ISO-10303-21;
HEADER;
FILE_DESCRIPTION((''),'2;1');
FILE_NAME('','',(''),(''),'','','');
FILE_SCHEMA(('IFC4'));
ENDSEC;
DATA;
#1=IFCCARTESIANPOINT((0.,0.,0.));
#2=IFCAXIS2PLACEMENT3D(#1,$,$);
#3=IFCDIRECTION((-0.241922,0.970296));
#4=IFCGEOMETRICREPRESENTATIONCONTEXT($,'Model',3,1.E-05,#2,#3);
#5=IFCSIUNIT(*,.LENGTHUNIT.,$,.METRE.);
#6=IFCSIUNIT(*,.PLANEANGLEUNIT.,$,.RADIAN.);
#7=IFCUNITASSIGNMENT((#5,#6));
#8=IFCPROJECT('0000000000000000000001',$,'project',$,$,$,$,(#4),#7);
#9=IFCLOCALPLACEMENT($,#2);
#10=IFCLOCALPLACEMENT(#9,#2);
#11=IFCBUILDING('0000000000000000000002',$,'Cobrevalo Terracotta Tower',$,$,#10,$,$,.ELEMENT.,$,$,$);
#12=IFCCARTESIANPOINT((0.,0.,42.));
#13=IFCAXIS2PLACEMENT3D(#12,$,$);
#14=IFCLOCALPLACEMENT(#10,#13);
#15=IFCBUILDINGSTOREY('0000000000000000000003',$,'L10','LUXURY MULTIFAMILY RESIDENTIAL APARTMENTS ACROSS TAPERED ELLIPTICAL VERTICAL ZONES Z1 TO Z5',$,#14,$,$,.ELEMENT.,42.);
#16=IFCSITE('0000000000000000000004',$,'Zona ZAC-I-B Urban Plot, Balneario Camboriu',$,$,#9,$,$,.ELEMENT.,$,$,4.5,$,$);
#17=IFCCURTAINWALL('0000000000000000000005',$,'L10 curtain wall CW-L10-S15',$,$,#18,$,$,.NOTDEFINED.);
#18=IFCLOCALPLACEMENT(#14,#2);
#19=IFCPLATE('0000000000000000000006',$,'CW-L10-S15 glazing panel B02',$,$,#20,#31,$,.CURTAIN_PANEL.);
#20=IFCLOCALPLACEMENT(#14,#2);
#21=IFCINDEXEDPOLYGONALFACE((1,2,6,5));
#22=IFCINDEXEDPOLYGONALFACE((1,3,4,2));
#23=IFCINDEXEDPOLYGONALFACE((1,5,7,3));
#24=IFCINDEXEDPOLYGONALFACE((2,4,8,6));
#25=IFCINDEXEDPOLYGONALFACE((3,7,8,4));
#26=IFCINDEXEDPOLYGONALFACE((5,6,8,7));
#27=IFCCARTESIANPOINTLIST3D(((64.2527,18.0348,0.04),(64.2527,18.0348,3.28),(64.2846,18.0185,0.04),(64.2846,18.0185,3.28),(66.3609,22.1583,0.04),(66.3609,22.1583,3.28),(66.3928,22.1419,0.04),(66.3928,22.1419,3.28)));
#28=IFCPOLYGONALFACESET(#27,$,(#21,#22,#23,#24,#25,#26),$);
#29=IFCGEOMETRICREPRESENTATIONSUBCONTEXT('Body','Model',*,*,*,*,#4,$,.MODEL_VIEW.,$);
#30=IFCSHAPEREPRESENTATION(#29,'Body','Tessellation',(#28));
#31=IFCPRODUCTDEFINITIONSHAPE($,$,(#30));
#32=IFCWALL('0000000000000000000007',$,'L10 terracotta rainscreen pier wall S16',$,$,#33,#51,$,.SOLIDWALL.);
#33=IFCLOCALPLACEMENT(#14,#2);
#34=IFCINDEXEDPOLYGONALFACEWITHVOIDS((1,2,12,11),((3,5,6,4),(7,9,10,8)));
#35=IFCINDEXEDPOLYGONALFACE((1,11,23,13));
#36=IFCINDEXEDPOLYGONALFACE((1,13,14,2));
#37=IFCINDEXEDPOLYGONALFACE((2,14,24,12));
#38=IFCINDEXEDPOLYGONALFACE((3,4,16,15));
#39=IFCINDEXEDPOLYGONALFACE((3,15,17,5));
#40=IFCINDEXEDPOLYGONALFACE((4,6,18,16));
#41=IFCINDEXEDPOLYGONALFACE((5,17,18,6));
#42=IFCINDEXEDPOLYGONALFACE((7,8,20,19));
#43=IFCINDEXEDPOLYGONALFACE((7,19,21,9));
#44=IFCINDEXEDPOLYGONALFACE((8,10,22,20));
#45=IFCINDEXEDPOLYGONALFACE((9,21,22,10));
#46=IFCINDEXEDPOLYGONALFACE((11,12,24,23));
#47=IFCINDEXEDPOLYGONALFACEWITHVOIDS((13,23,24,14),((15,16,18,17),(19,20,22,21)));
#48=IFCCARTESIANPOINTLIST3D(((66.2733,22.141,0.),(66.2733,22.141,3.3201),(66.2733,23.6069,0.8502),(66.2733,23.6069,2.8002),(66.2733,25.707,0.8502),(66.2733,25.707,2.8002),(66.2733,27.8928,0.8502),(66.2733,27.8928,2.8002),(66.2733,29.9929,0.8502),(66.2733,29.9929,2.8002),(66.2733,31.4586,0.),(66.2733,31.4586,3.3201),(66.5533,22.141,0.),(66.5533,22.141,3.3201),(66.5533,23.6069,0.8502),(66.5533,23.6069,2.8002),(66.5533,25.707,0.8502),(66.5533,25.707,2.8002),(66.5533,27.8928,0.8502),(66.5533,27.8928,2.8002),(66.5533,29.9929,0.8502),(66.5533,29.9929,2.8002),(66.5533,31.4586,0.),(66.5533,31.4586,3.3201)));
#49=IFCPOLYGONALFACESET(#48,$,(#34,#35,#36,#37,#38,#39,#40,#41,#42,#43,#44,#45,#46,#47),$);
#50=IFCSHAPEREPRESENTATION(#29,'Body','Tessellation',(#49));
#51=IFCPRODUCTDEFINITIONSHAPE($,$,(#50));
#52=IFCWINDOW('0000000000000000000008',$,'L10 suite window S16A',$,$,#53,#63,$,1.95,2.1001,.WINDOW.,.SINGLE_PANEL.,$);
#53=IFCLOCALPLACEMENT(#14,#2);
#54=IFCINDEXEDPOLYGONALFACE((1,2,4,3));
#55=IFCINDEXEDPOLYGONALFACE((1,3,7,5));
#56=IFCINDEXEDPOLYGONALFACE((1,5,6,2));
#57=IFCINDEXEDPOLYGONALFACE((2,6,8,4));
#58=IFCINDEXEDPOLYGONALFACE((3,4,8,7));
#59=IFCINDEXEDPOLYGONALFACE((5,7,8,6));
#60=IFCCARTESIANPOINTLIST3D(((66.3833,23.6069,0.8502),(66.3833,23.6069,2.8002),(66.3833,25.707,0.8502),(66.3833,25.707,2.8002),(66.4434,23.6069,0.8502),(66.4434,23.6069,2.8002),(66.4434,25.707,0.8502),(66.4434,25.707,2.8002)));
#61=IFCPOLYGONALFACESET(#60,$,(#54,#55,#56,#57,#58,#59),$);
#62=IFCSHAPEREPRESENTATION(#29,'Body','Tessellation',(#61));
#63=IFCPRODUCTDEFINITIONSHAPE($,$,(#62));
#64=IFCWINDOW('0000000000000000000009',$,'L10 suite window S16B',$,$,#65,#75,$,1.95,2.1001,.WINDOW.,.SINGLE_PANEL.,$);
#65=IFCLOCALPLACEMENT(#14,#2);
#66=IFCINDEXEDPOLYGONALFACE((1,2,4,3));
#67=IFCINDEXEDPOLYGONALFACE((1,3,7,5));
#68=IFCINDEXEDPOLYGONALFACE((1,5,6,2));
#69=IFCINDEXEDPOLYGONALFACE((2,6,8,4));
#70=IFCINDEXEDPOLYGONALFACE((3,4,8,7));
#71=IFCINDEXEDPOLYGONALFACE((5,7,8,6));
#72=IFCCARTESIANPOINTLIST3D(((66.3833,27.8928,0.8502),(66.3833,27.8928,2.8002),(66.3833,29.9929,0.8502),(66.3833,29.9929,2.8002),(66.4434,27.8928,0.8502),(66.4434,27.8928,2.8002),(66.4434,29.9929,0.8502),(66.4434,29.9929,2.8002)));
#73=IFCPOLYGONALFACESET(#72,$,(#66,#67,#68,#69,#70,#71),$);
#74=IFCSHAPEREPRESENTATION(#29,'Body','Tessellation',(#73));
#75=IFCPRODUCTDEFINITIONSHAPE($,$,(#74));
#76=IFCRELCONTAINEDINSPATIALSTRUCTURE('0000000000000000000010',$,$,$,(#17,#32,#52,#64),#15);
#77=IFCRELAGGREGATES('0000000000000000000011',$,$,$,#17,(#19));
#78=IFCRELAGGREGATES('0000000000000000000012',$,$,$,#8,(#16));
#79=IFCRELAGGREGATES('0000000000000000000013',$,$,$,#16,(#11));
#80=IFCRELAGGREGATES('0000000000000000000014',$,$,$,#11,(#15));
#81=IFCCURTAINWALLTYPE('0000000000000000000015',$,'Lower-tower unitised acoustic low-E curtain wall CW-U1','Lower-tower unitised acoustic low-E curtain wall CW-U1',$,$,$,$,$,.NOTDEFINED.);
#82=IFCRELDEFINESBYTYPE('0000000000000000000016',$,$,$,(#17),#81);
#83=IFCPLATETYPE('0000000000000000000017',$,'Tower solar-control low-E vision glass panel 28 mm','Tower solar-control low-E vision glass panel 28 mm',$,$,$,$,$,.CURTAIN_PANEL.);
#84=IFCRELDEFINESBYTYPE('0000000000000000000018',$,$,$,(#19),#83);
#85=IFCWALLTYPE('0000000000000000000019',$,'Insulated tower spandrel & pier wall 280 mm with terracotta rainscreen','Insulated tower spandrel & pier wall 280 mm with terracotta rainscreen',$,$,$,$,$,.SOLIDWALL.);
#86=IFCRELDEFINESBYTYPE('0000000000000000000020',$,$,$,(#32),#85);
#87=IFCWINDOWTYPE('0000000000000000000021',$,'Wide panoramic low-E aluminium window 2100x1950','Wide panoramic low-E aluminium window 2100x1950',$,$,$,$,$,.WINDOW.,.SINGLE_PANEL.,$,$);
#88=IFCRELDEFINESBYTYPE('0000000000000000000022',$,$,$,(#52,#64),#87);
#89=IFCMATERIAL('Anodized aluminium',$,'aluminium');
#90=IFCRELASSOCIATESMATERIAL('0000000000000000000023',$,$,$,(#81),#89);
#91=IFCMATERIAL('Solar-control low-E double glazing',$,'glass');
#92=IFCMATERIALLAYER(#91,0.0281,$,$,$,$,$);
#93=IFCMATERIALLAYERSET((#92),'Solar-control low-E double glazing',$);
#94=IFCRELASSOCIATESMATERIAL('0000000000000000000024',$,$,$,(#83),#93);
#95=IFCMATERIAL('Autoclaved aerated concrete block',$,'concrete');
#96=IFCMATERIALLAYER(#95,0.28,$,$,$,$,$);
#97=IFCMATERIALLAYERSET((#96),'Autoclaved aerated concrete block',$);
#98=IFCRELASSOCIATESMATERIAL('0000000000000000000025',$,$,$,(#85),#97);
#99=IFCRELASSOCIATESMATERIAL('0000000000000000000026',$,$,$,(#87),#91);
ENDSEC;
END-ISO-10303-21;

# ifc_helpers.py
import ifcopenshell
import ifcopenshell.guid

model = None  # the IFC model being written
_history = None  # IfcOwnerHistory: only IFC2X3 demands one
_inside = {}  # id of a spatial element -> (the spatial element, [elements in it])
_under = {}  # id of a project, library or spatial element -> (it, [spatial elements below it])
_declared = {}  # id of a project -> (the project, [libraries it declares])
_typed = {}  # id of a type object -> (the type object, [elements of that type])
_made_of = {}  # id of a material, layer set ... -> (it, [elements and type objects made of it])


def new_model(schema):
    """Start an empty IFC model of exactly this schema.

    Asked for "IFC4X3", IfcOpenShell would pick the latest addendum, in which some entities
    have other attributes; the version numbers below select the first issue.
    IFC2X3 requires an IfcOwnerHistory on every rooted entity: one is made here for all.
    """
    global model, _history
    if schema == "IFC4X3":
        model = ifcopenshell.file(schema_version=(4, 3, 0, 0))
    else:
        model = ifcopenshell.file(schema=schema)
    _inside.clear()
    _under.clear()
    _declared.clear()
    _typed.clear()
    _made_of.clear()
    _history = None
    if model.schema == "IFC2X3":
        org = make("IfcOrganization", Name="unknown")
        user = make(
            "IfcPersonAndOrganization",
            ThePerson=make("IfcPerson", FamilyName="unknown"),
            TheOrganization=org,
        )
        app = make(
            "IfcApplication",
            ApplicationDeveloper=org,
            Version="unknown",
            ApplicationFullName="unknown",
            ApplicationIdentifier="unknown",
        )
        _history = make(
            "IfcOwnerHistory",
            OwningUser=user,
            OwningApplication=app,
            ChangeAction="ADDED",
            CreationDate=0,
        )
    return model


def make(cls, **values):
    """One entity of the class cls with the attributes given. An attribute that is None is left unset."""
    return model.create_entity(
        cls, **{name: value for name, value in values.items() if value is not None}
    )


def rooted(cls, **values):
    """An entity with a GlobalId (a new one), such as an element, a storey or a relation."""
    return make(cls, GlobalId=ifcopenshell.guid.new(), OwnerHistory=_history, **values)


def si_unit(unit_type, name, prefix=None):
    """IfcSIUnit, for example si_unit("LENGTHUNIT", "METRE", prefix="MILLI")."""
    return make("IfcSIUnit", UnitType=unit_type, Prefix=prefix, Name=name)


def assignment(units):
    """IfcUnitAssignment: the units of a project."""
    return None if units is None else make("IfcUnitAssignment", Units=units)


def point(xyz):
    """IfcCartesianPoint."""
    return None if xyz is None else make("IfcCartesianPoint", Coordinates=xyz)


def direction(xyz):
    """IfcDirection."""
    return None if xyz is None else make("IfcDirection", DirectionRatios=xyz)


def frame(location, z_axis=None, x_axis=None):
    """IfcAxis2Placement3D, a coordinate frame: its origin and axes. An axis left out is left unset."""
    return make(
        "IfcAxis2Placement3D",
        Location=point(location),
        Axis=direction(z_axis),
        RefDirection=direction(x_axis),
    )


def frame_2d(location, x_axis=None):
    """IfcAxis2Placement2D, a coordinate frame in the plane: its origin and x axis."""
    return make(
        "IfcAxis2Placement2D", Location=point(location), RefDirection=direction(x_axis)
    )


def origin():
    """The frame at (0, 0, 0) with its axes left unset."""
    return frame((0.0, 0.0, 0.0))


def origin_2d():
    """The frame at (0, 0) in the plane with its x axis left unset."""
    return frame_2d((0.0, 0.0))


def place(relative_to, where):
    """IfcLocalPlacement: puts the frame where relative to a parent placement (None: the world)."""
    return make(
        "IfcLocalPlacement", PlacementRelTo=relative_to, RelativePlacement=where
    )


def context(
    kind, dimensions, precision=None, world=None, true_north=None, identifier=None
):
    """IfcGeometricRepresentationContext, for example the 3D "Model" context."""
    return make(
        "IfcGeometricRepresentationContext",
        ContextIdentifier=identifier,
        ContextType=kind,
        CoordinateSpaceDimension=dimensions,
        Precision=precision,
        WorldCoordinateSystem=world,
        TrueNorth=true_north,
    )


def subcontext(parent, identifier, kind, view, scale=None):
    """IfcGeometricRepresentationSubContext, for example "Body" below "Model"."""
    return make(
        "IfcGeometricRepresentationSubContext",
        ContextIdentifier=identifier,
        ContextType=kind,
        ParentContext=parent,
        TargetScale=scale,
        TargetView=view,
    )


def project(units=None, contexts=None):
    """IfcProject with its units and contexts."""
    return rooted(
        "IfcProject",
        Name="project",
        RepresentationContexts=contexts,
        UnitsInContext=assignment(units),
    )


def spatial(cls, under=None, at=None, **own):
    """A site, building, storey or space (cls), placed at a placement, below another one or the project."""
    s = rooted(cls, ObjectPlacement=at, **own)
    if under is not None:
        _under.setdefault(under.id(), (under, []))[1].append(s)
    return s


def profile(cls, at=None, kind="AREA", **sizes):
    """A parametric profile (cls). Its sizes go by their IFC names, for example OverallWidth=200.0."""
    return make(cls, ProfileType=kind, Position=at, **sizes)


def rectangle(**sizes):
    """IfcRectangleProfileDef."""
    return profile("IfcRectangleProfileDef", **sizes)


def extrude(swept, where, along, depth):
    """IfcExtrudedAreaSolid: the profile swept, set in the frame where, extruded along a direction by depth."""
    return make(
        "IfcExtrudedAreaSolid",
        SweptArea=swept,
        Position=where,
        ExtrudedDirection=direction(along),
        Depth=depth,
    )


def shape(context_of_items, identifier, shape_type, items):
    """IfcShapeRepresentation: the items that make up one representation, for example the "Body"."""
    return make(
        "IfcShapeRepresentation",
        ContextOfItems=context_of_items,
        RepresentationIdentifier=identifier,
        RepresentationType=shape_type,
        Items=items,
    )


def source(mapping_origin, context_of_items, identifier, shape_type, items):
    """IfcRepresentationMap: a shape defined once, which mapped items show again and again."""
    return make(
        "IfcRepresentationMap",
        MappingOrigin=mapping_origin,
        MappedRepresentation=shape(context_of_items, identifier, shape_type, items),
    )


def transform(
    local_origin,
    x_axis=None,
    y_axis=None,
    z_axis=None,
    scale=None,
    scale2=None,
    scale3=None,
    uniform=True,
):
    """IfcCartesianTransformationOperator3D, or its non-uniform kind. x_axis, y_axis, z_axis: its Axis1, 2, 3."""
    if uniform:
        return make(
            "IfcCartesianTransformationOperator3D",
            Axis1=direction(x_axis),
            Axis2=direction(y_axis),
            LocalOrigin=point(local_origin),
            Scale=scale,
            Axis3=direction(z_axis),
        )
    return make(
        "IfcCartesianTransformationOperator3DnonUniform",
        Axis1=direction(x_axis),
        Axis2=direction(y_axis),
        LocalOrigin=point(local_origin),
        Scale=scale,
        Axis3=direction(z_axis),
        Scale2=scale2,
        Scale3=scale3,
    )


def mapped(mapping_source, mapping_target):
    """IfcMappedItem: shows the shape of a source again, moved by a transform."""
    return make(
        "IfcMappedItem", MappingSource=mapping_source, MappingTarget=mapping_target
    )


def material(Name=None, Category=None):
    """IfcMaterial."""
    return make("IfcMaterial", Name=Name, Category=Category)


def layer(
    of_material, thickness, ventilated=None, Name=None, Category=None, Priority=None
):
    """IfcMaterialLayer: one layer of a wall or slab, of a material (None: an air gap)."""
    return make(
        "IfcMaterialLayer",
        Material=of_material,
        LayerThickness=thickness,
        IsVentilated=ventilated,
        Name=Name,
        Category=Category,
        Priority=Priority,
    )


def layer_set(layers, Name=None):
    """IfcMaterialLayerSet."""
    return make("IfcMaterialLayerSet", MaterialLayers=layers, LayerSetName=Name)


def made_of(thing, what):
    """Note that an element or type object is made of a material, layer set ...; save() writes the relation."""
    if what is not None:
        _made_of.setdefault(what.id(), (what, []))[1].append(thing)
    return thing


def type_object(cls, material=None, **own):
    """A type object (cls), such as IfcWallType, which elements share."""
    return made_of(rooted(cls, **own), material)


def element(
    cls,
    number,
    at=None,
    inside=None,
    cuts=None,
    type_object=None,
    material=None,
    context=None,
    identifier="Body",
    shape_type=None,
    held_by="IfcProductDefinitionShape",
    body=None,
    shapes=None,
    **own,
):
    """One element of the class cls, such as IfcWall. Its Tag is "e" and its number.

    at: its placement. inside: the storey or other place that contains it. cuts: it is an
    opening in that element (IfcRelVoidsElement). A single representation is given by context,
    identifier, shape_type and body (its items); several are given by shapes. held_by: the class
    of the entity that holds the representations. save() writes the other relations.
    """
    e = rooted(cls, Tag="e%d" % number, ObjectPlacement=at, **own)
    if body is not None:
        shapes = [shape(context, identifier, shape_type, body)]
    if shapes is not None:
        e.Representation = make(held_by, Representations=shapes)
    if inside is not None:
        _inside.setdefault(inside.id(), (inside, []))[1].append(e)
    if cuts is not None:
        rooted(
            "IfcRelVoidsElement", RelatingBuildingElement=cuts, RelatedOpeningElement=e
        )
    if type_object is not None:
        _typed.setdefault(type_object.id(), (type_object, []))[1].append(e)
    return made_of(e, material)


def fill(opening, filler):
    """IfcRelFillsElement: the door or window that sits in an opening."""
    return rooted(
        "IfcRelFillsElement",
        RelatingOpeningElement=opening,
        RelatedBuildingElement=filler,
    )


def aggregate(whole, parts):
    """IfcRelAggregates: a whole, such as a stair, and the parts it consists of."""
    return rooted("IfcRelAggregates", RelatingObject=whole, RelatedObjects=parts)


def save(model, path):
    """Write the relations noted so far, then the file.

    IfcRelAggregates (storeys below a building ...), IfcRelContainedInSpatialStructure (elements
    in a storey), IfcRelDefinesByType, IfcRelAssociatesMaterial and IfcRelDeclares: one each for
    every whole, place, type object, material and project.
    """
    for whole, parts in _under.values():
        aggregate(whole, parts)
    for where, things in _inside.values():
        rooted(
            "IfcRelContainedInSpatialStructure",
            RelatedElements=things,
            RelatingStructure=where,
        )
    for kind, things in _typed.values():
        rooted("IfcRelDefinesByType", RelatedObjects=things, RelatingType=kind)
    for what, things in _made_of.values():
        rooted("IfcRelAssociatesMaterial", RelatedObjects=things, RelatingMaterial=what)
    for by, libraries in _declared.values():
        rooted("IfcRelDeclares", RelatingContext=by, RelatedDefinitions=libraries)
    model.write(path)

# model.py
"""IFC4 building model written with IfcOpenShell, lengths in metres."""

from ifc_helpers import new_model, si_unit, direction, frame, frame_2d, origin, origin_2d, place, context, subcontext, project, spatial, rectangle, extrude, source, transform, mapped, material, layer, layer_set, type_object, element, fill, aggregate, save


model = new_model("IFC4")

# Units and contexts
model_context = context("Model", 3, precision=1e-05, world=origin(), true_north=direction((-0.241922, 0.970296)))
body_context = subcontext(model_context, "Body", "Model", "MODEL_VIEW")
ifc_project = project(units=[si_unit("LENGTHUNIT", "METRE"), si_unit("PLANEANGLEUNIT", "RADIAN")], contexts=[model_context])

# Site, building, storey
site_placement = place(None, origin())
site = spatial("IfcSite", under=ifc_project, at=site_placement, Name="Zona ZAC-I-B Urban Plot, Balneario Camboriu", CompositionType="ELEMENT", RefElevation=4.5)
building_placement = place(site_placement, origin())
building = spatial("IfcBuilding", under=site, at=building_placement, Name="Cobrevalo Terracotta Tower", CompositionType="ELEMENT")
storey_placement = place(building_placement, frame((0.0, 0.0, 42.0)))
storey = spatial("IfcBuildingStorey", under=building, at=storey_placement, Name="L10", Description="LUXURY MULTIFAMILY RESIDENTIAL APARTMENTS ACROSS TAPERED ELLIPTICAL VERTICAL ZONES Z1 TO Z5", CompositionType="ELEMENT", Elevation=42.0)

# Shared definitions
ifc_material_1 = material(Name="Anodized aluminium", Category="aluminium")
curtain_wall_type = type_object("IfcCurtainWallType", Name="Lower-tower unitised acoustic low-E curtain wall CW-U1", Description="Lower-tower unitised acoustic low-E curtain wall CW-U1", PredefinedType="NOTDEFINED", material=ifc_material_1)

# Curtain wall
curtain_wall_1_placement = place(storey_placement, origin())
curtain_wall_1 = element("IfcCurtainWall", 1, at=curtain_wall_1_placement, inside=storey, type_object=curtain_wall_type, Name="L10 curtain wall CW-L10-S15", PredefinedType="NOTDEFINED")

# Plate
ifc_material_2 = material(Name="Solar-control low-E double glazing", Category="glass")
ifc_layer_1 = layer(ifc_material_2, 0.0281)
ifc_layer_set_1 = layer_set([ifc_layer_1], Name="Solar-control low-E double glazing")
plate_type = type_object("IfcPlateType", Name="Tower solar-control low-E vision glass panel 28 mm", Description="Tower solar-control low-E vision glass panel 28 mm", PredefinedType="CURTAIN_PANEL", material=ifc_layer_set_1)
shared_shape_1 = source(origin(), body_context, "Body", "SweptSolid", [
    extrude(rectangle(XDim=4.6311, YDim=0.0359, at=origin_2d()), origin(), (0.0, 0.0, 1.0), 3.24),
])
plate_1_placement = place(storey_placement, frame((65.3228, 20.0884, 0.04), z_axis=(0.0, 0.0, 1.0), x_axis=(0.455231, 0.890373, 0.0)))
plate_1 = element("IfcPlate", 2, at=plate_1_placement, type_object=plate_type, Name="CW-L10-S15 glazing panel B02", PredefinedType="CURTAIN_PANEL", context=body_context, shape_type="MappedRepresentation", body=[
    mapped(shared_shape_1, transform((0.0, 0.0, 0.0), scale=1.0)),
])
aggregate(curtain_wall_1, [plate_1])

# Wall, openings, windows
ifc_material_3 = material(Name="Autoclaved aerated concrete block", Category="concrete")
ifc_layer_2 = layer(ifc_material_3, 0.28)
ifc_layer_set_2 = layer_set([ifc_layer_2], Name="Autoclaved aerated concrete block")
wall_type = type_object("IfcWallType", Name="Insulated tower spandrel & pier wall 280 mm with terracotta rainscreen", Description="Insulated tower spandrel & pier wall 280 mm with terracotta rainscreen", PredefinedType="SOLIDWALL", material=ifc_layer_set_2)
wall_placement = place(storey_placement, frame((66.4133, 22.1411, 0.0), z_axis=(0.0, 0.0, 1.0), x_axis=(0.0, 1.0, 0.0)))
wall = element("IfcWall", 3, at=wall_placement, inside=storey, type_object=wall_type, Name="L10 terracotta rainscreen pier wall S16", PredefinedType="SOLIDWALL", context=body_context, shape_type="SweptSolid", body=[
    extrude(rectangle(XDim=9.3176, YDim=0.28, at=frame_2d((4.6587, 0.0))), origin(), (0.0, 0.0, 1.0), 3.3201),
])
opening_1_placement = place(wall_placement, frame((1.4658, 0.0, 0.8501)))
opening_1 = element("IfcOpeningElement", 4, at=opening_1_placement, cuts=wall, PredefinedType="OPENING", context=body_context, shape_type="SweptSolid", body=[
    extrude(rectangle(XDim=2.1001, YDim=1.95, at=frame_2d((1.05, 0.9751))), frame((0.0, 0.1499, 0.0), z_axis=(0.0, -1.0, 0.0), x_axis=(1.0, 0.0, 0.0)), (0.0, 0.0, 1.0), 0.3),
])
opening_2_placement = place(wall_placement, frame((5.7517, 0.0, 0.8501)))
opening_2 = element("IfcOpeningElement", 5, at=opening_2_placement, cuts=wall, PredefinedType="OPENING", context=body_context, shape_type="SweptSolid", body=[
    extrude(rectangle(XDim=2.1001, YDim=1.95, at=frame_2d((1.05, 0.9751))), frame((0.0, 0.1499, 0.0), z_axis=(0.0, -1.0, 0.0), x_axis=(1.0, 0.0, 0.0)), (0.0, 0.0, 1.0), 0.3),
])
window_type = type_object("IfcWindowType", Name="Wide panoramic low-E aluminium window 2100x1950", Description="Wide panoramic low-E aluminium window 2100x1950", PartitioningType="SINGLE_PANEL", PredefinedType="WINDOW", material=ifc_material_2)
shared_shape_2 = source(origin(), body_context, "Body", "SweptSolid", [
    extrude(rectangle(XDim=2.1001, YDim=1.95, at=frame_2d((1.05, 0.9751))), frame((0.0, 0.03, 0.0), z_axis=(0.0, -1.0, 0.0), x_axis=(1.0, 0.0, 0.0)), (0.0, 0.0, 1.0), 0.0601),
])
window_1_placement = place(opening_1_placement, origin())
window_1 = element("IfcWindow", 6, at=window_1_placement, inside=storey, type_object=window_type, Name="L10 suite window S16A", OverallHeight=1.95, OverallWidth=2.1001, PartitioningType="SINGLE_PANEL", PredefinedType="WINDOW", context=body_context, shape_type="MappedRepresentation", body=[
    mapped(shared_shape_2, transform((0.0, 0.0, 0.0), scale=1.0)),
])
fill(opening_1, window_1)
window_2_placement = place(opening_2_placement, origin())
window_2 = element("IfcWindow", 7, at=window_2_placement, inside=storey, type_object=window_type, Name="L10 suite window S16B", OverallHeight=1.95, OverallWidth=2.1001, PartitioningType="SINGLE_PANEL", PredefinedType="WINDOW", context=body_context, shape_type="MappedRepresentation", body=[
    mapped(shared_shape_2, transform((0.0, 0.0, 0.0), scale=1.0)),
])
fill(opening_2, window_2)

save(model, "model.ifc")
